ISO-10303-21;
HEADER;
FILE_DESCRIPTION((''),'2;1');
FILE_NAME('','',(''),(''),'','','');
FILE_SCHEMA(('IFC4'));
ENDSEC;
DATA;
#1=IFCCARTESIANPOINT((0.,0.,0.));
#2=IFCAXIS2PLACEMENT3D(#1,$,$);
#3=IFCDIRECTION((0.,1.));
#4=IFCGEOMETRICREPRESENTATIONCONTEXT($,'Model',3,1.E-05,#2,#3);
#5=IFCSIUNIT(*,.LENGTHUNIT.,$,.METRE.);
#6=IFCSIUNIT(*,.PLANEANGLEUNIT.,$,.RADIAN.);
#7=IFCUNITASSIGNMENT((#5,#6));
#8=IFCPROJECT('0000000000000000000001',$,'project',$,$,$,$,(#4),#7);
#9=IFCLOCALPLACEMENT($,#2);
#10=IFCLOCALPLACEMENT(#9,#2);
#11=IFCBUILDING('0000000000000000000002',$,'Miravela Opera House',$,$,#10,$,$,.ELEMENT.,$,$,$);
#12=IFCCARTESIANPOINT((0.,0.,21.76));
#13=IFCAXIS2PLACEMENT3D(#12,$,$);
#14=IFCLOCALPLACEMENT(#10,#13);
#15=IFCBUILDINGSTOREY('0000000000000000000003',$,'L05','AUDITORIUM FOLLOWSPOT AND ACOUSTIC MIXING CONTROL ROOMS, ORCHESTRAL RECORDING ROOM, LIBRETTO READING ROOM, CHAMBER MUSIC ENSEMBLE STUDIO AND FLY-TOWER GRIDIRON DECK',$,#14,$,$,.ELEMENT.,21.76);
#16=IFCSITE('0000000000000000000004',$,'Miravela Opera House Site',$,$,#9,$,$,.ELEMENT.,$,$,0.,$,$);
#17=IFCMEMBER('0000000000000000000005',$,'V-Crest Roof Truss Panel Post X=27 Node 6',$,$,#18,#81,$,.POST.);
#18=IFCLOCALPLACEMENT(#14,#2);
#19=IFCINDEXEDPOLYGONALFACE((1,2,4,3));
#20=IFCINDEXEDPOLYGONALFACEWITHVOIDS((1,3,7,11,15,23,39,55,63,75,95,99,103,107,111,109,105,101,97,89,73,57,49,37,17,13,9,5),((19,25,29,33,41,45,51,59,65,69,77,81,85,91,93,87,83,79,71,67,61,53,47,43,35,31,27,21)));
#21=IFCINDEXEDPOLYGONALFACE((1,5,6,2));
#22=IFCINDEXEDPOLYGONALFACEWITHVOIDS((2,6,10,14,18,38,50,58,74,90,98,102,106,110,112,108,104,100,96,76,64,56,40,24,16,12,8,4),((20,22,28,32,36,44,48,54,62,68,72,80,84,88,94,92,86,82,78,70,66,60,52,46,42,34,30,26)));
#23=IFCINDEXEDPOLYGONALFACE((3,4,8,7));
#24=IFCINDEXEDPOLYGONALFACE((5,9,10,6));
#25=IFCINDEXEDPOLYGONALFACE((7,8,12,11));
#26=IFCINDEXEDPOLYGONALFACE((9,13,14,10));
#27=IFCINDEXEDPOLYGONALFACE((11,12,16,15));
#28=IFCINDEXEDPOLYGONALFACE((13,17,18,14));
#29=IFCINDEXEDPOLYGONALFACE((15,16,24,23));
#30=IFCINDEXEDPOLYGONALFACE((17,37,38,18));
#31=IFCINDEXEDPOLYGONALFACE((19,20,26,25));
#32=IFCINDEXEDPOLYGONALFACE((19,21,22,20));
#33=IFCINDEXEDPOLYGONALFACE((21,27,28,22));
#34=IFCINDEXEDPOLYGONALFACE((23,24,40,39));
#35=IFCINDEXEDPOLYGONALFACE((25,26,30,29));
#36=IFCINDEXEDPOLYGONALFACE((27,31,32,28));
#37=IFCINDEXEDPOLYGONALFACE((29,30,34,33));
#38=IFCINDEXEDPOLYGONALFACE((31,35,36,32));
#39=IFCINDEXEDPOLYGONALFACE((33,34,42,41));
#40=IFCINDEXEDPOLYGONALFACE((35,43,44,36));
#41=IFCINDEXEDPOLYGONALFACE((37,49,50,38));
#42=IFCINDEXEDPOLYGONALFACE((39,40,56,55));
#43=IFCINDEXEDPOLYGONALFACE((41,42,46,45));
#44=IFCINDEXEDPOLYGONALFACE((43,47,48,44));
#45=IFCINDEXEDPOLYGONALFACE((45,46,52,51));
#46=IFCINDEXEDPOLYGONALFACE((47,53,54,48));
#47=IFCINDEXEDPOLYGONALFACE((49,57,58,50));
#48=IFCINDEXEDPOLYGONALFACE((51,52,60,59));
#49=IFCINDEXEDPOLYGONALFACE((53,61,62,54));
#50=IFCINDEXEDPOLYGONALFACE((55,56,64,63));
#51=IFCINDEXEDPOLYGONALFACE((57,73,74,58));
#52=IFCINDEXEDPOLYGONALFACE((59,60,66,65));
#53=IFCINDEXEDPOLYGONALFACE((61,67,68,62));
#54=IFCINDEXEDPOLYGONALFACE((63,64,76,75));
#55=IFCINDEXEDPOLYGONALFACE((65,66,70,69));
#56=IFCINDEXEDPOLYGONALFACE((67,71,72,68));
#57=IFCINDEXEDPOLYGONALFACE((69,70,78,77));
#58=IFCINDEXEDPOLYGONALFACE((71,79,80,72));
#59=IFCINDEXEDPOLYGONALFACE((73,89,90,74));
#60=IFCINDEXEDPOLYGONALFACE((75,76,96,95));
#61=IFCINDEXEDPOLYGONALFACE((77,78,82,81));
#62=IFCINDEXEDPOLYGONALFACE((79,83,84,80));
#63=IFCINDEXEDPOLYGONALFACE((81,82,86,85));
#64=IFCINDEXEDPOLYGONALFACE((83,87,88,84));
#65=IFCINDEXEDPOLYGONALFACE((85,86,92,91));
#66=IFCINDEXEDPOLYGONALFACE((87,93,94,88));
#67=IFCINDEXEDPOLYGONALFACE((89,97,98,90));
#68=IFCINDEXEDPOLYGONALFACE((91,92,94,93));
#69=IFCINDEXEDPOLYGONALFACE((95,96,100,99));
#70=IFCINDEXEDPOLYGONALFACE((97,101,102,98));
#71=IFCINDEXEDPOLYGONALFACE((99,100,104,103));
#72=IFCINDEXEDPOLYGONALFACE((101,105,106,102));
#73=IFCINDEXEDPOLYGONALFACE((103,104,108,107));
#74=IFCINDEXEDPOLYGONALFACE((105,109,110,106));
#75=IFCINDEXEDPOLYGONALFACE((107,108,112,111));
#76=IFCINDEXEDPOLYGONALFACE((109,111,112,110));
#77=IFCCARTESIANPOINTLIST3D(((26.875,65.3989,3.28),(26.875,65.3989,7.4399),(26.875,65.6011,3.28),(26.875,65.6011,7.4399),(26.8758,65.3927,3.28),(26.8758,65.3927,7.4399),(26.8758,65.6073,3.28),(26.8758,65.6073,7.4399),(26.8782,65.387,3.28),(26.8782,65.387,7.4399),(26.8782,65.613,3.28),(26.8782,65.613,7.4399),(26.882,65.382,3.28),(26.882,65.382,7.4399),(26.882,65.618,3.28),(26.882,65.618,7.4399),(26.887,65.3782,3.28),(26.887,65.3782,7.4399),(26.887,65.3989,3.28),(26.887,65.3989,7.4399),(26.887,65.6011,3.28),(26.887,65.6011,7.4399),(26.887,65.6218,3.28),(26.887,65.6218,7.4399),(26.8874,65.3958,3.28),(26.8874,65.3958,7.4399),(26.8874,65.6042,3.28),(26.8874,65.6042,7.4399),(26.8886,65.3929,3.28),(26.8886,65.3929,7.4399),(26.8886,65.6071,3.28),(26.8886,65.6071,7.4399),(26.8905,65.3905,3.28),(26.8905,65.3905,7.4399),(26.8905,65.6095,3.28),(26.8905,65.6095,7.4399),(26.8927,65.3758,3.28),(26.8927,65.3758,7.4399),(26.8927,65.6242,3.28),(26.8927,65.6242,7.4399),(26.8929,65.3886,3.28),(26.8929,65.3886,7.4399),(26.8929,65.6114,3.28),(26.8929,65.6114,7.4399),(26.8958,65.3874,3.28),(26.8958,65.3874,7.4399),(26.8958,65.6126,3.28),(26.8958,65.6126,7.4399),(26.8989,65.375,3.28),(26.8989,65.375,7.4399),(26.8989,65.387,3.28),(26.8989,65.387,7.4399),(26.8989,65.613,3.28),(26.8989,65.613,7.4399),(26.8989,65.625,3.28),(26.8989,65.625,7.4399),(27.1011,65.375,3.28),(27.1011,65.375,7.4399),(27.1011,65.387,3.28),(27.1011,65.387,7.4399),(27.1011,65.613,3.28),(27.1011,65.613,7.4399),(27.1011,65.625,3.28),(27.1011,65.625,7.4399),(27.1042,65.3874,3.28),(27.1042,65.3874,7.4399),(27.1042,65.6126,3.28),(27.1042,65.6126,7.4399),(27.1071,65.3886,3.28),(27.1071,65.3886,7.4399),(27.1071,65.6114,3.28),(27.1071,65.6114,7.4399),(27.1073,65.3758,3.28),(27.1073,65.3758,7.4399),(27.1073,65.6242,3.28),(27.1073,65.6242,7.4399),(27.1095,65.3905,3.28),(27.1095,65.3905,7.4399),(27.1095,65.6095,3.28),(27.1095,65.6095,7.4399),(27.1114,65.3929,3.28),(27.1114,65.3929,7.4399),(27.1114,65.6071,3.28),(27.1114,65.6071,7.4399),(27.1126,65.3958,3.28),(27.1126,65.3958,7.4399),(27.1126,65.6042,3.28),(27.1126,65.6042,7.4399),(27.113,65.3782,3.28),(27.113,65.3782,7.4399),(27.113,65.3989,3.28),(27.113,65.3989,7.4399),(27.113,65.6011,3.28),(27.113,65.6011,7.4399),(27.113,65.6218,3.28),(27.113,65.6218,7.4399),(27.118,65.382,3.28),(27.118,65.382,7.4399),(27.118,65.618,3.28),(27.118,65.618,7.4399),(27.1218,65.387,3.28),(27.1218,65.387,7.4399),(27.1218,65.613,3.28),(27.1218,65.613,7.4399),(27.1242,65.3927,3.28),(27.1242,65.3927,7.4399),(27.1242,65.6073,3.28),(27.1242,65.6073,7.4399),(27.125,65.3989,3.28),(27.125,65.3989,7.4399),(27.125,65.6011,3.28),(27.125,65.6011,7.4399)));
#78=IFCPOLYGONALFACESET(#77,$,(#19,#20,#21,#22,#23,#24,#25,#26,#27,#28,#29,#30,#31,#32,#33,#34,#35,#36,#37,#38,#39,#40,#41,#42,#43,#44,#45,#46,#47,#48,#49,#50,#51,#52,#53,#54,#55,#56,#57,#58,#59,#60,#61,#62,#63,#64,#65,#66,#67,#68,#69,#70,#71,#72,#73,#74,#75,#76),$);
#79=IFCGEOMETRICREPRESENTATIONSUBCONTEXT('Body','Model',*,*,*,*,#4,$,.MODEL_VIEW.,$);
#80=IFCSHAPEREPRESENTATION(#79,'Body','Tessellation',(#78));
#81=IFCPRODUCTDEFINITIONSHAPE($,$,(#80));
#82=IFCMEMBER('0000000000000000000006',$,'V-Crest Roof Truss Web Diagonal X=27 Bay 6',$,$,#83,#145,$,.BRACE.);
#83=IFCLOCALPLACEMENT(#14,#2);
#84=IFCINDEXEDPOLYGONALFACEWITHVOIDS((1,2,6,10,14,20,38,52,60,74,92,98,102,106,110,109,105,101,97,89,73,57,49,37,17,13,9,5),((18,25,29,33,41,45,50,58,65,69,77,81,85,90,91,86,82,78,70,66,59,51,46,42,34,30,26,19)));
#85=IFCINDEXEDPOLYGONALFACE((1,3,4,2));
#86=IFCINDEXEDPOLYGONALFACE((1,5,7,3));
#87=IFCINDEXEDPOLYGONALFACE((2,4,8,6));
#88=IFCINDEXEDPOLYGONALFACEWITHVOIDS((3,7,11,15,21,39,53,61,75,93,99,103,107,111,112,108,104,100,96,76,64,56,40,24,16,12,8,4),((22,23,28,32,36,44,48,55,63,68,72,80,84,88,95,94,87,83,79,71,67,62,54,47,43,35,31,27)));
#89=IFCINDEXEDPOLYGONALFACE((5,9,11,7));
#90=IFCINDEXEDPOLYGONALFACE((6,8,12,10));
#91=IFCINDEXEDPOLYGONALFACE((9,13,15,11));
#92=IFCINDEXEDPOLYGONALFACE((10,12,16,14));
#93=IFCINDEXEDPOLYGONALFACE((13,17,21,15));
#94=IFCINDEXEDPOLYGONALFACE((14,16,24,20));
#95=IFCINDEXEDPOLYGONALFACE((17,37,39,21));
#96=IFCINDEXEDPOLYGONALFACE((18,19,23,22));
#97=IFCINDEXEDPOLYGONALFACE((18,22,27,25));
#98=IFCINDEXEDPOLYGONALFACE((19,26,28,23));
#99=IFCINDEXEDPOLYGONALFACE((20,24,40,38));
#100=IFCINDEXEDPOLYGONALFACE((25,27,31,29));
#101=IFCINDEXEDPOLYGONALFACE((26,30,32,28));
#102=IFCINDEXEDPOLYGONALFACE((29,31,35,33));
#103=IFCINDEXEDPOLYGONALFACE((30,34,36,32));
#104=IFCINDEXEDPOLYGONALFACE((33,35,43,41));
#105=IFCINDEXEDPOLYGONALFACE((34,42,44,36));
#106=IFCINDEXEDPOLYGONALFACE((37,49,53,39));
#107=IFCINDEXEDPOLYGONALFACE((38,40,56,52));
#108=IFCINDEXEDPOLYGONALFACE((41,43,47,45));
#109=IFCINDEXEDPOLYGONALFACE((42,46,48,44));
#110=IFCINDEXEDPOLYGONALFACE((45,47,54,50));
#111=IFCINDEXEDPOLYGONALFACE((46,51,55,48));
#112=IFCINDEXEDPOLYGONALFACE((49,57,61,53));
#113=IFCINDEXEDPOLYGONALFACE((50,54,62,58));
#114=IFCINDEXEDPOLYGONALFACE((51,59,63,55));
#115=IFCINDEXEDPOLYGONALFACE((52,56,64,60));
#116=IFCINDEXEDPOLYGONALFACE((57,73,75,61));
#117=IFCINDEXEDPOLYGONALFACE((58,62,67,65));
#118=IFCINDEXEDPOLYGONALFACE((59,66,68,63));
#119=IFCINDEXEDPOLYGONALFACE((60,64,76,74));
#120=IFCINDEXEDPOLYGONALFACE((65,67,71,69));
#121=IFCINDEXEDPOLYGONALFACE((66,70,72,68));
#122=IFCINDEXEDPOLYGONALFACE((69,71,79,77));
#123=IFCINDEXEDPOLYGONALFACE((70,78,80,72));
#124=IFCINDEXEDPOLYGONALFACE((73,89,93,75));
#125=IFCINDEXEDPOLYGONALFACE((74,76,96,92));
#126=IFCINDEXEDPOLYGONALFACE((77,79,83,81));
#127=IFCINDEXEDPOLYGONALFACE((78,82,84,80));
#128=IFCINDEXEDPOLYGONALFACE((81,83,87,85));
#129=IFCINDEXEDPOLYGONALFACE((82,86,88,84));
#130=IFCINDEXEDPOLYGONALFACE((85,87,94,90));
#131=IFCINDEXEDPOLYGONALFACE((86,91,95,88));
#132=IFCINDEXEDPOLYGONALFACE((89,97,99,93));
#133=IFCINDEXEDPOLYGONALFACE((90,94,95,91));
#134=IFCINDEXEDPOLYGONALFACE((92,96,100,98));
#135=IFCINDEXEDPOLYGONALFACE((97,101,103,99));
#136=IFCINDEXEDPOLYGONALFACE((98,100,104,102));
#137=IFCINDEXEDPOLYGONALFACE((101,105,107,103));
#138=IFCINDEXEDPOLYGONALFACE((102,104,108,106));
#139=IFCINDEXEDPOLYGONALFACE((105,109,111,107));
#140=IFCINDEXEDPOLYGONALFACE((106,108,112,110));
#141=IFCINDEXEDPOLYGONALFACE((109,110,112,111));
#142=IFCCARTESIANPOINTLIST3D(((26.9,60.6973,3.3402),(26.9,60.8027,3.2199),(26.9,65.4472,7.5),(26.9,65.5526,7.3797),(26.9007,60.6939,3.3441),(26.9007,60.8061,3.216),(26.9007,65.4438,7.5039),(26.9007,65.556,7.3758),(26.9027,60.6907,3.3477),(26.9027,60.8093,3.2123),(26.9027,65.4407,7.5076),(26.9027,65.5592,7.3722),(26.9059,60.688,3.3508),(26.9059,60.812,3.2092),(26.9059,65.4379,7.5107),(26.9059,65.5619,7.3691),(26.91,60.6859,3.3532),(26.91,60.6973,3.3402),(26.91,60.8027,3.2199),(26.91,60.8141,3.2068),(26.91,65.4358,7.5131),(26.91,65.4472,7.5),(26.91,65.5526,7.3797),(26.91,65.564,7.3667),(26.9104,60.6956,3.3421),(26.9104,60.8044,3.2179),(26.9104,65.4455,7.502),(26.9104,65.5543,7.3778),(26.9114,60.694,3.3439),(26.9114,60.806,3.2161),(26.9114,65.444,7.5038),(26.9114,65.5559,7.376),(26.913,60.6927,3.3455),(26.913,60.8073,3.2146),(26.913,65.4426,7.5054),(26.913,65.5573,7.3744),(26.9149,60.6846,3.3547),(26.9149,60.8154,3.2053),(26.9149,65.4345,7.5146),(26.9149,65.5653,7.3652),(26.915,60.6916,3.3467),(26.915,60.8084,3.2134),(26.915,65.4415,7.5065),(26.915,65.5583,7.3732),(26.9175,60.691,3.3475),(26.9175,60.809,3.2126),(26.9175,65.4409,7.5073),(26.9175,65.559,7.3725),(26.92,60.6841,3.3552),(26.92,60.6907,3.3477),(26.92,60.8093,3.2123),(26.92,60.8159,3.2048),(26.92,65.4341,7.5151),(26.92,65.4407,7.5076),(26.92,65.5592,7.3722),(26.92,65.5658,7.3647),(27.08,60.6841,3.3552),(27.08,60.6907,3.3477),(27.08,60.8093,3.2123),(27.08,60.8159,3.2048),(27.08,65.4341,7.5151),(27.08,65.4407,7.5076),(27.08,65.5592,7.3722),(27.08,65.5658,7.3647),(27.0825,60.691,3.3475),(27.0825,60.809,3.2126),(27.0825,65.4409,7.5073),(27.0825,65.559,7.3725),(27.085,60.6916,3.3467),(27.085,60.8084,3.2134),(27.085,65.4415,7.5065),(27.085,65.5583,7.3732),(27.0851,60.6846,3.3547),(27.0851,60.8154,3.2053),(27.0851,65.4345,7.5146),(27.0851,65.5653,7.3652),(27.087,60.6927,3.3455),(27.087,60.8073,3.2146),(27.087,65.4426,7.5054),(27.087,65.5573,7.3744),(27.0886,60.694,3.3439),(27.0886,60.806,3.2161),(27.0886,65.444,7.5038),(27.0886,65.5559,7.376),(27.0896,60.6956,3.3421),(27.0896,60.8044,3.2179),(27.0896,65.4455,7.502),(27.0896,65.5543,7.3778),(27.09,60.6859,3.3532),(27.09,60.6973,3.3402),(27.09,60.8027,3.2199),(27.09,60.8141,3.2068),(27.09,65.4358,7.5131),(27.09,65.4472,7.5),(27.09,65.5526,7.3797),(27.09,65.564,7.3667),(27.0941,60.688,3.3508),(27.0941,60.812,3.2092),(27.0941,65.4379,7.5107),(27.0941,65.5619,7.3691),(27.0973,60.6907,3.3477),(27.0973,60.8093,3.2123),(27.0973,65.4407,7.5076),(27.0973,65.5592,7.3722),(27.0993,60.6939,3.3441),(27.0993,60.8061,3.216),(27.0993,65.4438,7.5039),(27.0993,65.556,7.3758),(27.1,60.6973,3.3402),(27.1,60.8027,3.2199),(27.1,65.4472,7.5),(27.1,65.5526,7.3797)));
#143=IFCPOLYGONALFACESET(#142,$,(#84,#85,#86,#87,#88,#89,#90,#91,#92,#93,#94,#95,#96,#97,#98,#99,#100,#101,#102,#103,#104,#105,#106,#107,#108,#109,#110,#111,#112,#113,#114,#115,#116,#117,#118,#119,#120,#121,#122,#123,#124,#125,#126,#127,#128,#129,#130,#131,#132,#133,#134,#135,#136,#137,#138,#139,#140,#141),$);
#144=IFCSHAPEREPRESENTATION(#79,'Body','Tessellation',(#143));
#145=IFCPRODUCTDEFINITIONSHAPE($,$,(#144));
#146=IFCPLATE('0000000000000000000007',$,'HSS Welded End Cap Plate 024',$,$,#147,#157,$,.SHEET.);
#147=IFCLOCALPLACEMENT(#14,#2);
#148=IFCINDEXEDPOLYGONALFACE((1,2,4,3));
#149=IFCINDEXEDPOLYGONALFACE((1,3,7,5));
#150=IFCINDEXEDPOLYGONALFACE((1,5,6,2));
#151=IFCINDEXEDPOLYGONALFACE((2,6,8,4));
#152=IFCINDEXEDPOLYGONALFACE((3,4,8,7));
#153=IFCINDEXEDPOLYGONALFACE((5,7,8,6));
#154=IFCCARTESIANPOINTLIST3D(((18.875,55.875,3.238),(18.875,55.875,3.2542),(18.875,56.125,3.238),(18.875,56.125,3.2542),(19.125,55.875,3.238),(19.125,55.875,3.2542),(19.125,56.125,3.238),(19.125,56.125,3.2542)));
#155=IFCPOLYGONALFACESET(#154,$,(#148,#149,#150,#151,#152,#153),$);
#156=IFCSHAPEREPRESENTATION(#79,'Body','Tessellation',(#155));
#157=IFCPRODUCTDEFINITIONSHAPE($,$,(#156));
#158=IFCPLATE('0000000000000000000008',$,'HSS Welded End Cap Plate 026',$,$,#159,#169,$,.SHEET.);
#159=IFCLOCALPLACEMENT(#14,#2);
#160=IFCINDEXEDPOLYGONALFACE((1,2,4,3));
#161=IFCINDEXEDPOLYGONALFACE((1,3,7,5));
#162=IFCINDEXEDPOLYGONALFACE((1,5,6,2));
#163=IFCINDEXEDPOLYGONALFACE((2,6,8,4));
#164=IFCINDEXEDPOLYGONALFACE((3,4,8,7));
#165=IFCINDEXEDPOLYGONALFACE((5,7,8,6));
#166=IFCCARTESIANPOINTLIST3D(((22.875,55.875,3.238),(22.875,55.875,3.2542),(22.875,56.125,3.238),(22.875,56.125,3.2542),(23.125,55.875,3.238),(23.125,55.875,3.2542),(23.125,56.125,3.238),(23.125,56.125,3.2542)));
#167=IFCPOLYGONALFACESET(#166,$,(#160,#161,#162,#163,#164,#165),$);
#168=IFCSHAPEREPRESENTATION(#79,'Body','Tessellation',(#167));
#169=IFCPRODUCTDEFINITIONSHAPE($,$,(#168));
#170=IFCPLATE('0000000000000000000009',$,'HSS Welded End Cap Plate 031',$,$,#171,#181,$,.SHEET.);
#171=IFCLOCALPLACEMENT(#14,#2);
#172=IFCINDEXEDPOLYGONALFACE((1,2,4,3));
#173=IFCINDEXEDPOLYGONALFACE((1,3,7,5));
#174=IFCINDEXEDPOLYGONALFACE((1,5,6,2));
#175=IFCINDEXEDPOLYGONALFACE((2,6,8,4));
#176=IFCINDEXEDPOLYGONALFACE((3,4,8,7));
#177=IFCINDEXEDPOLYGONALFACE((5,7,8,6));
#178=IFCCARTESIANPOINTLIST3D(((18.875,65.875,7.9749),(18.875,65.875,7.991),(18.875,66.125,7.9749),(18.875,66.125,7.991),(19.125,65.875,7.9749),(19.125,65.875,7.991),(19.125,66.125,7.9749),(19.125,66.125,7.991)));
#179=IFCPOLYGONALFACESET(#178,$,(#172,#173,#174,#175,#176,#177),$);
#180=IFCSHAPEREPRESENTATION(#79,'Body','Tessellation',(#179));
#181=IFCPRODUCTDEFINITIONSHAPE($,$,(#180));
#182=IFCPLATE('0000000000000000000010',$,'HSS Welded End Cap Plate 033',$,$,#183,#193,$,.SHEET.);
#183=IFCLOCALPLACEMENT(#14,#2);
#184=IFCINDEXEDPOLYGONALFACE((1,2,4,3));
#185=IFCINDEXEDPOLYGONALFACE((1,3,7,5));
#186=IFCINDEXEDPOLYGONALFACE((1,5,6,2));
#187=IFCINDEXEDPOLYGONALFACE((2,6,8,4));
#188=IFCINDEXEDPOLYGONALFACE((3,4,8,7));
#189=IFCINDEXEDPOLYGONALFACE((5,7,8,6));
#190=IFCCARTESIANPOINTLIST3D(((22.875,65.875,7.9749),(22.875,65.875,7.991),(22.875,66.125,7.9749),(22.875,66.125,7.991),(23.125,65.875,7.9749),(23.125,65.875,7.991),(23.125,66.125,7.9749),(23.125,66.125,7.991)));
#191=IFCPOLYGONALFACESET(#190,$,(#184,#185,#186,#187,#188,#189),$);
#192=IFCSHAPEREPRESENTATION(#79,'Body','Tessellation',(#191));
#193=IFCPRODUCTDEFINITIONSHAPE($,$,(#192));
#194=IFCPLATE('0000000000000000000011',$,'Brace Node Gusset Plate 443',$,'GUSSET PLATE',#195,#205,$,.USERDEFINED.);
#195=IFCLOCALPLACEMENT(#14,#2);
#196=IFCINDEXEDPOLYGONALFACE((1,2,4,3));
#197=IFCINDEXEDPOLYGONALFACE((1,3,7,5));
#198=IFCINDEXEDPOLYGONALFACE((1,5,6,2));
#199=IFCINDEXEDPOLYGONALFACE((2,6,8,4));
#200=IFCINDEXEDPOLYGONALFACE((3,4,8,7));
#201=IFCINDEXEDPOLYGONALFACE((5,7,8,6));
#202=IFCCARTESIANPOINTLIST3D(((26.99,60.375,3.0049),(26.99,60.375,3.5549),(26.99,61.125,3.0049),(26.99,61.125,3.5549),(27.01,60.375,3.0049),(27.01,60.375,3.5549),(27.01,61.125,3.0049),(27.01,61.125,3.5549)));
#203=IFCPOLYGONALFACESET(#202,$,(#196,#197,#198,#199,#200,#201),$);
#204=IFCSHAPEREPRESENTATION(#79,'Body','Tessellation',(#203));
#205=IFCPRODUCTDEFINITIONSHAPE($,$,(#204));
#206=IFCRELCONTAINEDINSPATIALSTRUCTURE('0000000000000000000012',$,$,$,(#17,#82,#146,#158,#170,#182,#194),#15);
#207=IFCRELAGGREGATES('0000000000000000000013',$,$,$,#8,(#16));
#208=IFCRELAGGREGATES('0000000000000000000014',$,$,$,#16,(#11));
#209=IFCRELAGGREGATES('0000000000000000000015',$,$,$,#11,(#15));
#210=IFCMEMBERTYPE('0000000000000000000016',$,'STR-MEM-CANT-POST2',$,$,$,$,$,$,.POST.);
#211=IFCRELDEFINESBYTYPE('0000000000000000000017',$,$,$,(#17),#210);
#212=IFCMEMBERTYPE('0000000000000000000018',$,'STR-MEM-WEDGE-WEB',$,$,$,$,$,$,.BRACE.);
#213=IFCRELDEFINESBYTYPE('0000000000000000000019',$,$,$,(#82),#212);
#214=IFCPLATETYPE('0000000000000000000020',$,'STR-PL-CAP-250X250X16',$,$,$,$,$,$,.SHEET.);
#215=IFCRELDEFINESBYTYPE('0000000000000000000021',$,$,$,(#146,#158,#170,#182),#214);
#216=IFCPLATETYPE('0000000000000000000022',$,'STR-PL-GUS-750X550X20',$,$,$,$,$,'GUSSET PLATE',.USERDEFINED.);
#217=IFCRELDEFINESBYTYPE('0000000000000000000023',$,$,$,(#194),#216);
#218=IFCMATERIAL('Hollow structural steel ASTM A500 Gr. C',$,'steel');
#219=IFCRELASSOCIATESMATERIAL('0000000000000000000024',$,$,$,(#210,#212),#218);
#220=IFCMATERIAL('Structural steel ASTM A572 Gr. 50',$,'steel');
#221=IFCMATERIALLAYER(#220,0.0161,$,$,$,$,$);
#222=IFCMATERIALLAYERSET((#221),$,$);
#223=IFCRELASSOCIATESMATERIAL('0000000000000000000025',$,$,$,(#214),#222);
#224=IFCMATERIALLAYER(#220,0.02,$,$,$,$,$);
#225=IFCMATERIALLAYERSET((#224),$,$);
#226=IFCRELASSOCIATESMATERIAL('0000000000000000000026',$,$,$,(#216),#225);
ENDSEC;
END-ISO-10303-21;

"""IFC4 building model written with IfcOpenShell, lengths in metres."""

from ifc_helpers import new_model, si_unit, direction, frame, origin, origin_2d, place, context, subcontext, project, spatial, rectangle, hollow_rectangle, extrude, material, layer, layer_set, material_profile, profile_set, type_object, element, save


model = new_model("IFC4")

# Units and contexts
model_context = context("Model", 3, precision=1e-05, world=origin(), true_north=direction((0.0, 1.0)))
body_context = subcontext(model_context, "Body", "Model", "MODEL_VIEW")
ifc_project = project(units=[si_unit("LENGTHUNIT", "METRE"), si_unit("PLANEANGLEUNIT", "RADIAN")], contexts=[model_context])

# Site, building, storey
site_placement = place(None, origin())
site = spatial("IfcSite", under=ifc_project, at=site_placement, Name="Miravela Opera House Site", CompositionType="ELEMENT", RefElevation=0.0)
building_placement = place(site_placement, origin())
building = spatial("IfcBuilding", under=site, at=building_placement, Name="Miravela Opera House", CompositionType="ELEMENT")
storey_placement = place(building_placement, frame((0.0, 0.0, 21.76)))
storey = spatial("IfcBuildingStorey", under=building, at=storey_placement, Name="L05", Description="AUDITORIUM FOLLOWSPOT AND ACOUSTIC MIXING CONTROL ROOMS, ORCHESTRAL RECORDING ROOM, LIBRETTO READING ROOM, CHAMBER MUSIC ENSEMBLE STUDIO AND FLY-TOWER GRIDIRON DECK", CompositionType="ELEMENT", Elevation=21.76)

# Members
ifc_material_1 = material(Name="Hollow structural steel ASTM A500 Gr. C", Category="steel")
ifc_material_profile_1 = material_profile(ifc_material_1, hollow_rectangle(XDim=0.25, YDim=0.25, WallThickness=0.012, InnerFilletRadius=0.012, OuterFilletRadius=0.0239, at=origin_2d()), Name="HSS250X250X12")
ifc_profile_set_1 = profile_set([ifc_material_profile_1])
member_type_1 = type_object("IfcMemberType", Name="STR-MEM-CANT-POST2", PredefinedType="POST", material=ifc_profile_set_1)
member_1_placement = place(storey_placement, frame((27.0, 65.5, 3.28), z_axis=(0.0, 0.0, 1.0), x_axis=(1.0, 0.0, 0.0)))
element("IfcMember", 1, at=member_1_placement, inside=storey, type_object=member_type_1, Name="V-Crest Roof Truss Panel Post X=27 Node 6", PredefinedType="POST", context=body_context, shape_type="SweptSolid", body=[
    extrude(hollow_rectangle(XDim=0.25, YDim=0.25, WallThickness=0.012, InnerFilletRadius=0.012, OuterFilletRadius=0.0239, at=origin_2d()), origin(), (0.0, 0.0, 1.0), 4.1599),
])
ifc_material_profile_2 = material_profile(ifc_material_1, hollow_rectangle(XDim=0.2, YDim=0.2, WallThickness=0.01, InnerFilletRadius=0.01, OuterFilletRadius=0.02, at=origin_2d()), Name="HSS200X200X10")
ifc_profile_set_2 = profile_set([ifc_material_profile_2])
member_type_2 = type_object("IfcMemberType", Name="STR-MEM-WEDGE-WEB", PredefinedType="BRACE", material=ifc_profile_set_2)
member_2_placement = place(storey_placement, frame((27.0, 60.75, 3.28), z_axis=(0.0, 0.752289, 0.658833), x_axis=(-1.0, 0.0, 0.0)))
element("IfcMember", 2, at=member_2_placement, inside=storey, type_object=member_type_2, Name="V-Crest Roof Truss Web Diagonal X=27 Bay 6", PredefinedType="BRACE", context=body_context, shape_type="SweptSolid", body=[
    extrude(hollow_rectangle(XDim=0.2, YDim=0.2, WallThickness=0.01, InnerFilletRadius=0.01, OuterFilletRadius=0.02, at=origin_2d()), origin(), (0.0, 0.0, 1.0), 6.314),
])

# Plates
ifc_material_2 = material(Name="Structural steel ASTM A572 Gr. 50", Category="steel")
ifc_layer_1 = layer(ifc_material_2, 0.0161)
ifc_layer_set_1 = layer_set([ifc_layer_1])
plate_type_1 = type_object("IfcPlateType", Name="STR-PL-CAP-250X250X16", PredefinedType="SHEET", material=ifc_layer_set_1)
for number, where, z_axis, x_axis, name in (
    (3, (19.0, 56.0, 3.238), (0.0, 0.0, 1.0), (1.0, 0.0, 0.0), "HSS Welded End Cap Plate 024"),
    (4, (23.0, 56.0, 3.238), (0.0, 0.0, 1.0), (1.0, 0.0, 0.0), "HSS Welded End Cap Plate 026"),
    (5, (19.0, 66.0, 7.9749), (0.0, 0.0, 1.0), (1.0, 0.0, 0.0), "HSS Welded End Cap Plate 031"),
    (6, (23.0, 66.0, 7.9749), (0.0, 0.0, 1.0), (1.0, 0.0, 0.0), "HSS Welded End Cap Plate 033"),
):
    element("IfcPlate", number, at=place(storey_placement, frame(where, z_axis=z_axis, x_axis=x_axis)), inside=storey, type_object=plate_type_1, Name=name, PredefinedType="SHEET", context=body_context, shape_type="SweptSolid", body=[
        extrude(rectangle(XDim=0.25, YDim=0.25, at=origin_2d()), origin(), (0.0, 0.0, 1.0), 0.0161),
    ])
ifc_layer_2 = layer(ifc_material_2, 0.02)
ifc_layer_set_2 = layer_set([ifc_layer_2])
plate_type_2 = type_object("IfcPlateType", Name="STR-PL-GUS-750X550X20", ElementType="GUSSET PLATE", PredefinedType="USERDEFINED", material=ifc_layer_set_2)
plate_placement = place(storey_placement, frame((27.0, 60.75, 3.0049), z_axis=(0.0, 0.0, 1.0), x_axis=(0.0, 1.0, 0.0)))
element("IfcPlate", 7, at=plate_placement, inside=storey, type_object=plate_type_2, Name="Brace Node Gusset Plate 443", ObjectType="GUSSET PLATE", PredefinedType="USERDEFINED", context=body_context, shape_type="SweptSolid", body=[
    extrude(rectangle(XDim=0.75, YDim=0.02, at=origin_2d()), origin(), (0.0, 0.0, 1.0), 0.55),
])

save(model, "model.ifc")
